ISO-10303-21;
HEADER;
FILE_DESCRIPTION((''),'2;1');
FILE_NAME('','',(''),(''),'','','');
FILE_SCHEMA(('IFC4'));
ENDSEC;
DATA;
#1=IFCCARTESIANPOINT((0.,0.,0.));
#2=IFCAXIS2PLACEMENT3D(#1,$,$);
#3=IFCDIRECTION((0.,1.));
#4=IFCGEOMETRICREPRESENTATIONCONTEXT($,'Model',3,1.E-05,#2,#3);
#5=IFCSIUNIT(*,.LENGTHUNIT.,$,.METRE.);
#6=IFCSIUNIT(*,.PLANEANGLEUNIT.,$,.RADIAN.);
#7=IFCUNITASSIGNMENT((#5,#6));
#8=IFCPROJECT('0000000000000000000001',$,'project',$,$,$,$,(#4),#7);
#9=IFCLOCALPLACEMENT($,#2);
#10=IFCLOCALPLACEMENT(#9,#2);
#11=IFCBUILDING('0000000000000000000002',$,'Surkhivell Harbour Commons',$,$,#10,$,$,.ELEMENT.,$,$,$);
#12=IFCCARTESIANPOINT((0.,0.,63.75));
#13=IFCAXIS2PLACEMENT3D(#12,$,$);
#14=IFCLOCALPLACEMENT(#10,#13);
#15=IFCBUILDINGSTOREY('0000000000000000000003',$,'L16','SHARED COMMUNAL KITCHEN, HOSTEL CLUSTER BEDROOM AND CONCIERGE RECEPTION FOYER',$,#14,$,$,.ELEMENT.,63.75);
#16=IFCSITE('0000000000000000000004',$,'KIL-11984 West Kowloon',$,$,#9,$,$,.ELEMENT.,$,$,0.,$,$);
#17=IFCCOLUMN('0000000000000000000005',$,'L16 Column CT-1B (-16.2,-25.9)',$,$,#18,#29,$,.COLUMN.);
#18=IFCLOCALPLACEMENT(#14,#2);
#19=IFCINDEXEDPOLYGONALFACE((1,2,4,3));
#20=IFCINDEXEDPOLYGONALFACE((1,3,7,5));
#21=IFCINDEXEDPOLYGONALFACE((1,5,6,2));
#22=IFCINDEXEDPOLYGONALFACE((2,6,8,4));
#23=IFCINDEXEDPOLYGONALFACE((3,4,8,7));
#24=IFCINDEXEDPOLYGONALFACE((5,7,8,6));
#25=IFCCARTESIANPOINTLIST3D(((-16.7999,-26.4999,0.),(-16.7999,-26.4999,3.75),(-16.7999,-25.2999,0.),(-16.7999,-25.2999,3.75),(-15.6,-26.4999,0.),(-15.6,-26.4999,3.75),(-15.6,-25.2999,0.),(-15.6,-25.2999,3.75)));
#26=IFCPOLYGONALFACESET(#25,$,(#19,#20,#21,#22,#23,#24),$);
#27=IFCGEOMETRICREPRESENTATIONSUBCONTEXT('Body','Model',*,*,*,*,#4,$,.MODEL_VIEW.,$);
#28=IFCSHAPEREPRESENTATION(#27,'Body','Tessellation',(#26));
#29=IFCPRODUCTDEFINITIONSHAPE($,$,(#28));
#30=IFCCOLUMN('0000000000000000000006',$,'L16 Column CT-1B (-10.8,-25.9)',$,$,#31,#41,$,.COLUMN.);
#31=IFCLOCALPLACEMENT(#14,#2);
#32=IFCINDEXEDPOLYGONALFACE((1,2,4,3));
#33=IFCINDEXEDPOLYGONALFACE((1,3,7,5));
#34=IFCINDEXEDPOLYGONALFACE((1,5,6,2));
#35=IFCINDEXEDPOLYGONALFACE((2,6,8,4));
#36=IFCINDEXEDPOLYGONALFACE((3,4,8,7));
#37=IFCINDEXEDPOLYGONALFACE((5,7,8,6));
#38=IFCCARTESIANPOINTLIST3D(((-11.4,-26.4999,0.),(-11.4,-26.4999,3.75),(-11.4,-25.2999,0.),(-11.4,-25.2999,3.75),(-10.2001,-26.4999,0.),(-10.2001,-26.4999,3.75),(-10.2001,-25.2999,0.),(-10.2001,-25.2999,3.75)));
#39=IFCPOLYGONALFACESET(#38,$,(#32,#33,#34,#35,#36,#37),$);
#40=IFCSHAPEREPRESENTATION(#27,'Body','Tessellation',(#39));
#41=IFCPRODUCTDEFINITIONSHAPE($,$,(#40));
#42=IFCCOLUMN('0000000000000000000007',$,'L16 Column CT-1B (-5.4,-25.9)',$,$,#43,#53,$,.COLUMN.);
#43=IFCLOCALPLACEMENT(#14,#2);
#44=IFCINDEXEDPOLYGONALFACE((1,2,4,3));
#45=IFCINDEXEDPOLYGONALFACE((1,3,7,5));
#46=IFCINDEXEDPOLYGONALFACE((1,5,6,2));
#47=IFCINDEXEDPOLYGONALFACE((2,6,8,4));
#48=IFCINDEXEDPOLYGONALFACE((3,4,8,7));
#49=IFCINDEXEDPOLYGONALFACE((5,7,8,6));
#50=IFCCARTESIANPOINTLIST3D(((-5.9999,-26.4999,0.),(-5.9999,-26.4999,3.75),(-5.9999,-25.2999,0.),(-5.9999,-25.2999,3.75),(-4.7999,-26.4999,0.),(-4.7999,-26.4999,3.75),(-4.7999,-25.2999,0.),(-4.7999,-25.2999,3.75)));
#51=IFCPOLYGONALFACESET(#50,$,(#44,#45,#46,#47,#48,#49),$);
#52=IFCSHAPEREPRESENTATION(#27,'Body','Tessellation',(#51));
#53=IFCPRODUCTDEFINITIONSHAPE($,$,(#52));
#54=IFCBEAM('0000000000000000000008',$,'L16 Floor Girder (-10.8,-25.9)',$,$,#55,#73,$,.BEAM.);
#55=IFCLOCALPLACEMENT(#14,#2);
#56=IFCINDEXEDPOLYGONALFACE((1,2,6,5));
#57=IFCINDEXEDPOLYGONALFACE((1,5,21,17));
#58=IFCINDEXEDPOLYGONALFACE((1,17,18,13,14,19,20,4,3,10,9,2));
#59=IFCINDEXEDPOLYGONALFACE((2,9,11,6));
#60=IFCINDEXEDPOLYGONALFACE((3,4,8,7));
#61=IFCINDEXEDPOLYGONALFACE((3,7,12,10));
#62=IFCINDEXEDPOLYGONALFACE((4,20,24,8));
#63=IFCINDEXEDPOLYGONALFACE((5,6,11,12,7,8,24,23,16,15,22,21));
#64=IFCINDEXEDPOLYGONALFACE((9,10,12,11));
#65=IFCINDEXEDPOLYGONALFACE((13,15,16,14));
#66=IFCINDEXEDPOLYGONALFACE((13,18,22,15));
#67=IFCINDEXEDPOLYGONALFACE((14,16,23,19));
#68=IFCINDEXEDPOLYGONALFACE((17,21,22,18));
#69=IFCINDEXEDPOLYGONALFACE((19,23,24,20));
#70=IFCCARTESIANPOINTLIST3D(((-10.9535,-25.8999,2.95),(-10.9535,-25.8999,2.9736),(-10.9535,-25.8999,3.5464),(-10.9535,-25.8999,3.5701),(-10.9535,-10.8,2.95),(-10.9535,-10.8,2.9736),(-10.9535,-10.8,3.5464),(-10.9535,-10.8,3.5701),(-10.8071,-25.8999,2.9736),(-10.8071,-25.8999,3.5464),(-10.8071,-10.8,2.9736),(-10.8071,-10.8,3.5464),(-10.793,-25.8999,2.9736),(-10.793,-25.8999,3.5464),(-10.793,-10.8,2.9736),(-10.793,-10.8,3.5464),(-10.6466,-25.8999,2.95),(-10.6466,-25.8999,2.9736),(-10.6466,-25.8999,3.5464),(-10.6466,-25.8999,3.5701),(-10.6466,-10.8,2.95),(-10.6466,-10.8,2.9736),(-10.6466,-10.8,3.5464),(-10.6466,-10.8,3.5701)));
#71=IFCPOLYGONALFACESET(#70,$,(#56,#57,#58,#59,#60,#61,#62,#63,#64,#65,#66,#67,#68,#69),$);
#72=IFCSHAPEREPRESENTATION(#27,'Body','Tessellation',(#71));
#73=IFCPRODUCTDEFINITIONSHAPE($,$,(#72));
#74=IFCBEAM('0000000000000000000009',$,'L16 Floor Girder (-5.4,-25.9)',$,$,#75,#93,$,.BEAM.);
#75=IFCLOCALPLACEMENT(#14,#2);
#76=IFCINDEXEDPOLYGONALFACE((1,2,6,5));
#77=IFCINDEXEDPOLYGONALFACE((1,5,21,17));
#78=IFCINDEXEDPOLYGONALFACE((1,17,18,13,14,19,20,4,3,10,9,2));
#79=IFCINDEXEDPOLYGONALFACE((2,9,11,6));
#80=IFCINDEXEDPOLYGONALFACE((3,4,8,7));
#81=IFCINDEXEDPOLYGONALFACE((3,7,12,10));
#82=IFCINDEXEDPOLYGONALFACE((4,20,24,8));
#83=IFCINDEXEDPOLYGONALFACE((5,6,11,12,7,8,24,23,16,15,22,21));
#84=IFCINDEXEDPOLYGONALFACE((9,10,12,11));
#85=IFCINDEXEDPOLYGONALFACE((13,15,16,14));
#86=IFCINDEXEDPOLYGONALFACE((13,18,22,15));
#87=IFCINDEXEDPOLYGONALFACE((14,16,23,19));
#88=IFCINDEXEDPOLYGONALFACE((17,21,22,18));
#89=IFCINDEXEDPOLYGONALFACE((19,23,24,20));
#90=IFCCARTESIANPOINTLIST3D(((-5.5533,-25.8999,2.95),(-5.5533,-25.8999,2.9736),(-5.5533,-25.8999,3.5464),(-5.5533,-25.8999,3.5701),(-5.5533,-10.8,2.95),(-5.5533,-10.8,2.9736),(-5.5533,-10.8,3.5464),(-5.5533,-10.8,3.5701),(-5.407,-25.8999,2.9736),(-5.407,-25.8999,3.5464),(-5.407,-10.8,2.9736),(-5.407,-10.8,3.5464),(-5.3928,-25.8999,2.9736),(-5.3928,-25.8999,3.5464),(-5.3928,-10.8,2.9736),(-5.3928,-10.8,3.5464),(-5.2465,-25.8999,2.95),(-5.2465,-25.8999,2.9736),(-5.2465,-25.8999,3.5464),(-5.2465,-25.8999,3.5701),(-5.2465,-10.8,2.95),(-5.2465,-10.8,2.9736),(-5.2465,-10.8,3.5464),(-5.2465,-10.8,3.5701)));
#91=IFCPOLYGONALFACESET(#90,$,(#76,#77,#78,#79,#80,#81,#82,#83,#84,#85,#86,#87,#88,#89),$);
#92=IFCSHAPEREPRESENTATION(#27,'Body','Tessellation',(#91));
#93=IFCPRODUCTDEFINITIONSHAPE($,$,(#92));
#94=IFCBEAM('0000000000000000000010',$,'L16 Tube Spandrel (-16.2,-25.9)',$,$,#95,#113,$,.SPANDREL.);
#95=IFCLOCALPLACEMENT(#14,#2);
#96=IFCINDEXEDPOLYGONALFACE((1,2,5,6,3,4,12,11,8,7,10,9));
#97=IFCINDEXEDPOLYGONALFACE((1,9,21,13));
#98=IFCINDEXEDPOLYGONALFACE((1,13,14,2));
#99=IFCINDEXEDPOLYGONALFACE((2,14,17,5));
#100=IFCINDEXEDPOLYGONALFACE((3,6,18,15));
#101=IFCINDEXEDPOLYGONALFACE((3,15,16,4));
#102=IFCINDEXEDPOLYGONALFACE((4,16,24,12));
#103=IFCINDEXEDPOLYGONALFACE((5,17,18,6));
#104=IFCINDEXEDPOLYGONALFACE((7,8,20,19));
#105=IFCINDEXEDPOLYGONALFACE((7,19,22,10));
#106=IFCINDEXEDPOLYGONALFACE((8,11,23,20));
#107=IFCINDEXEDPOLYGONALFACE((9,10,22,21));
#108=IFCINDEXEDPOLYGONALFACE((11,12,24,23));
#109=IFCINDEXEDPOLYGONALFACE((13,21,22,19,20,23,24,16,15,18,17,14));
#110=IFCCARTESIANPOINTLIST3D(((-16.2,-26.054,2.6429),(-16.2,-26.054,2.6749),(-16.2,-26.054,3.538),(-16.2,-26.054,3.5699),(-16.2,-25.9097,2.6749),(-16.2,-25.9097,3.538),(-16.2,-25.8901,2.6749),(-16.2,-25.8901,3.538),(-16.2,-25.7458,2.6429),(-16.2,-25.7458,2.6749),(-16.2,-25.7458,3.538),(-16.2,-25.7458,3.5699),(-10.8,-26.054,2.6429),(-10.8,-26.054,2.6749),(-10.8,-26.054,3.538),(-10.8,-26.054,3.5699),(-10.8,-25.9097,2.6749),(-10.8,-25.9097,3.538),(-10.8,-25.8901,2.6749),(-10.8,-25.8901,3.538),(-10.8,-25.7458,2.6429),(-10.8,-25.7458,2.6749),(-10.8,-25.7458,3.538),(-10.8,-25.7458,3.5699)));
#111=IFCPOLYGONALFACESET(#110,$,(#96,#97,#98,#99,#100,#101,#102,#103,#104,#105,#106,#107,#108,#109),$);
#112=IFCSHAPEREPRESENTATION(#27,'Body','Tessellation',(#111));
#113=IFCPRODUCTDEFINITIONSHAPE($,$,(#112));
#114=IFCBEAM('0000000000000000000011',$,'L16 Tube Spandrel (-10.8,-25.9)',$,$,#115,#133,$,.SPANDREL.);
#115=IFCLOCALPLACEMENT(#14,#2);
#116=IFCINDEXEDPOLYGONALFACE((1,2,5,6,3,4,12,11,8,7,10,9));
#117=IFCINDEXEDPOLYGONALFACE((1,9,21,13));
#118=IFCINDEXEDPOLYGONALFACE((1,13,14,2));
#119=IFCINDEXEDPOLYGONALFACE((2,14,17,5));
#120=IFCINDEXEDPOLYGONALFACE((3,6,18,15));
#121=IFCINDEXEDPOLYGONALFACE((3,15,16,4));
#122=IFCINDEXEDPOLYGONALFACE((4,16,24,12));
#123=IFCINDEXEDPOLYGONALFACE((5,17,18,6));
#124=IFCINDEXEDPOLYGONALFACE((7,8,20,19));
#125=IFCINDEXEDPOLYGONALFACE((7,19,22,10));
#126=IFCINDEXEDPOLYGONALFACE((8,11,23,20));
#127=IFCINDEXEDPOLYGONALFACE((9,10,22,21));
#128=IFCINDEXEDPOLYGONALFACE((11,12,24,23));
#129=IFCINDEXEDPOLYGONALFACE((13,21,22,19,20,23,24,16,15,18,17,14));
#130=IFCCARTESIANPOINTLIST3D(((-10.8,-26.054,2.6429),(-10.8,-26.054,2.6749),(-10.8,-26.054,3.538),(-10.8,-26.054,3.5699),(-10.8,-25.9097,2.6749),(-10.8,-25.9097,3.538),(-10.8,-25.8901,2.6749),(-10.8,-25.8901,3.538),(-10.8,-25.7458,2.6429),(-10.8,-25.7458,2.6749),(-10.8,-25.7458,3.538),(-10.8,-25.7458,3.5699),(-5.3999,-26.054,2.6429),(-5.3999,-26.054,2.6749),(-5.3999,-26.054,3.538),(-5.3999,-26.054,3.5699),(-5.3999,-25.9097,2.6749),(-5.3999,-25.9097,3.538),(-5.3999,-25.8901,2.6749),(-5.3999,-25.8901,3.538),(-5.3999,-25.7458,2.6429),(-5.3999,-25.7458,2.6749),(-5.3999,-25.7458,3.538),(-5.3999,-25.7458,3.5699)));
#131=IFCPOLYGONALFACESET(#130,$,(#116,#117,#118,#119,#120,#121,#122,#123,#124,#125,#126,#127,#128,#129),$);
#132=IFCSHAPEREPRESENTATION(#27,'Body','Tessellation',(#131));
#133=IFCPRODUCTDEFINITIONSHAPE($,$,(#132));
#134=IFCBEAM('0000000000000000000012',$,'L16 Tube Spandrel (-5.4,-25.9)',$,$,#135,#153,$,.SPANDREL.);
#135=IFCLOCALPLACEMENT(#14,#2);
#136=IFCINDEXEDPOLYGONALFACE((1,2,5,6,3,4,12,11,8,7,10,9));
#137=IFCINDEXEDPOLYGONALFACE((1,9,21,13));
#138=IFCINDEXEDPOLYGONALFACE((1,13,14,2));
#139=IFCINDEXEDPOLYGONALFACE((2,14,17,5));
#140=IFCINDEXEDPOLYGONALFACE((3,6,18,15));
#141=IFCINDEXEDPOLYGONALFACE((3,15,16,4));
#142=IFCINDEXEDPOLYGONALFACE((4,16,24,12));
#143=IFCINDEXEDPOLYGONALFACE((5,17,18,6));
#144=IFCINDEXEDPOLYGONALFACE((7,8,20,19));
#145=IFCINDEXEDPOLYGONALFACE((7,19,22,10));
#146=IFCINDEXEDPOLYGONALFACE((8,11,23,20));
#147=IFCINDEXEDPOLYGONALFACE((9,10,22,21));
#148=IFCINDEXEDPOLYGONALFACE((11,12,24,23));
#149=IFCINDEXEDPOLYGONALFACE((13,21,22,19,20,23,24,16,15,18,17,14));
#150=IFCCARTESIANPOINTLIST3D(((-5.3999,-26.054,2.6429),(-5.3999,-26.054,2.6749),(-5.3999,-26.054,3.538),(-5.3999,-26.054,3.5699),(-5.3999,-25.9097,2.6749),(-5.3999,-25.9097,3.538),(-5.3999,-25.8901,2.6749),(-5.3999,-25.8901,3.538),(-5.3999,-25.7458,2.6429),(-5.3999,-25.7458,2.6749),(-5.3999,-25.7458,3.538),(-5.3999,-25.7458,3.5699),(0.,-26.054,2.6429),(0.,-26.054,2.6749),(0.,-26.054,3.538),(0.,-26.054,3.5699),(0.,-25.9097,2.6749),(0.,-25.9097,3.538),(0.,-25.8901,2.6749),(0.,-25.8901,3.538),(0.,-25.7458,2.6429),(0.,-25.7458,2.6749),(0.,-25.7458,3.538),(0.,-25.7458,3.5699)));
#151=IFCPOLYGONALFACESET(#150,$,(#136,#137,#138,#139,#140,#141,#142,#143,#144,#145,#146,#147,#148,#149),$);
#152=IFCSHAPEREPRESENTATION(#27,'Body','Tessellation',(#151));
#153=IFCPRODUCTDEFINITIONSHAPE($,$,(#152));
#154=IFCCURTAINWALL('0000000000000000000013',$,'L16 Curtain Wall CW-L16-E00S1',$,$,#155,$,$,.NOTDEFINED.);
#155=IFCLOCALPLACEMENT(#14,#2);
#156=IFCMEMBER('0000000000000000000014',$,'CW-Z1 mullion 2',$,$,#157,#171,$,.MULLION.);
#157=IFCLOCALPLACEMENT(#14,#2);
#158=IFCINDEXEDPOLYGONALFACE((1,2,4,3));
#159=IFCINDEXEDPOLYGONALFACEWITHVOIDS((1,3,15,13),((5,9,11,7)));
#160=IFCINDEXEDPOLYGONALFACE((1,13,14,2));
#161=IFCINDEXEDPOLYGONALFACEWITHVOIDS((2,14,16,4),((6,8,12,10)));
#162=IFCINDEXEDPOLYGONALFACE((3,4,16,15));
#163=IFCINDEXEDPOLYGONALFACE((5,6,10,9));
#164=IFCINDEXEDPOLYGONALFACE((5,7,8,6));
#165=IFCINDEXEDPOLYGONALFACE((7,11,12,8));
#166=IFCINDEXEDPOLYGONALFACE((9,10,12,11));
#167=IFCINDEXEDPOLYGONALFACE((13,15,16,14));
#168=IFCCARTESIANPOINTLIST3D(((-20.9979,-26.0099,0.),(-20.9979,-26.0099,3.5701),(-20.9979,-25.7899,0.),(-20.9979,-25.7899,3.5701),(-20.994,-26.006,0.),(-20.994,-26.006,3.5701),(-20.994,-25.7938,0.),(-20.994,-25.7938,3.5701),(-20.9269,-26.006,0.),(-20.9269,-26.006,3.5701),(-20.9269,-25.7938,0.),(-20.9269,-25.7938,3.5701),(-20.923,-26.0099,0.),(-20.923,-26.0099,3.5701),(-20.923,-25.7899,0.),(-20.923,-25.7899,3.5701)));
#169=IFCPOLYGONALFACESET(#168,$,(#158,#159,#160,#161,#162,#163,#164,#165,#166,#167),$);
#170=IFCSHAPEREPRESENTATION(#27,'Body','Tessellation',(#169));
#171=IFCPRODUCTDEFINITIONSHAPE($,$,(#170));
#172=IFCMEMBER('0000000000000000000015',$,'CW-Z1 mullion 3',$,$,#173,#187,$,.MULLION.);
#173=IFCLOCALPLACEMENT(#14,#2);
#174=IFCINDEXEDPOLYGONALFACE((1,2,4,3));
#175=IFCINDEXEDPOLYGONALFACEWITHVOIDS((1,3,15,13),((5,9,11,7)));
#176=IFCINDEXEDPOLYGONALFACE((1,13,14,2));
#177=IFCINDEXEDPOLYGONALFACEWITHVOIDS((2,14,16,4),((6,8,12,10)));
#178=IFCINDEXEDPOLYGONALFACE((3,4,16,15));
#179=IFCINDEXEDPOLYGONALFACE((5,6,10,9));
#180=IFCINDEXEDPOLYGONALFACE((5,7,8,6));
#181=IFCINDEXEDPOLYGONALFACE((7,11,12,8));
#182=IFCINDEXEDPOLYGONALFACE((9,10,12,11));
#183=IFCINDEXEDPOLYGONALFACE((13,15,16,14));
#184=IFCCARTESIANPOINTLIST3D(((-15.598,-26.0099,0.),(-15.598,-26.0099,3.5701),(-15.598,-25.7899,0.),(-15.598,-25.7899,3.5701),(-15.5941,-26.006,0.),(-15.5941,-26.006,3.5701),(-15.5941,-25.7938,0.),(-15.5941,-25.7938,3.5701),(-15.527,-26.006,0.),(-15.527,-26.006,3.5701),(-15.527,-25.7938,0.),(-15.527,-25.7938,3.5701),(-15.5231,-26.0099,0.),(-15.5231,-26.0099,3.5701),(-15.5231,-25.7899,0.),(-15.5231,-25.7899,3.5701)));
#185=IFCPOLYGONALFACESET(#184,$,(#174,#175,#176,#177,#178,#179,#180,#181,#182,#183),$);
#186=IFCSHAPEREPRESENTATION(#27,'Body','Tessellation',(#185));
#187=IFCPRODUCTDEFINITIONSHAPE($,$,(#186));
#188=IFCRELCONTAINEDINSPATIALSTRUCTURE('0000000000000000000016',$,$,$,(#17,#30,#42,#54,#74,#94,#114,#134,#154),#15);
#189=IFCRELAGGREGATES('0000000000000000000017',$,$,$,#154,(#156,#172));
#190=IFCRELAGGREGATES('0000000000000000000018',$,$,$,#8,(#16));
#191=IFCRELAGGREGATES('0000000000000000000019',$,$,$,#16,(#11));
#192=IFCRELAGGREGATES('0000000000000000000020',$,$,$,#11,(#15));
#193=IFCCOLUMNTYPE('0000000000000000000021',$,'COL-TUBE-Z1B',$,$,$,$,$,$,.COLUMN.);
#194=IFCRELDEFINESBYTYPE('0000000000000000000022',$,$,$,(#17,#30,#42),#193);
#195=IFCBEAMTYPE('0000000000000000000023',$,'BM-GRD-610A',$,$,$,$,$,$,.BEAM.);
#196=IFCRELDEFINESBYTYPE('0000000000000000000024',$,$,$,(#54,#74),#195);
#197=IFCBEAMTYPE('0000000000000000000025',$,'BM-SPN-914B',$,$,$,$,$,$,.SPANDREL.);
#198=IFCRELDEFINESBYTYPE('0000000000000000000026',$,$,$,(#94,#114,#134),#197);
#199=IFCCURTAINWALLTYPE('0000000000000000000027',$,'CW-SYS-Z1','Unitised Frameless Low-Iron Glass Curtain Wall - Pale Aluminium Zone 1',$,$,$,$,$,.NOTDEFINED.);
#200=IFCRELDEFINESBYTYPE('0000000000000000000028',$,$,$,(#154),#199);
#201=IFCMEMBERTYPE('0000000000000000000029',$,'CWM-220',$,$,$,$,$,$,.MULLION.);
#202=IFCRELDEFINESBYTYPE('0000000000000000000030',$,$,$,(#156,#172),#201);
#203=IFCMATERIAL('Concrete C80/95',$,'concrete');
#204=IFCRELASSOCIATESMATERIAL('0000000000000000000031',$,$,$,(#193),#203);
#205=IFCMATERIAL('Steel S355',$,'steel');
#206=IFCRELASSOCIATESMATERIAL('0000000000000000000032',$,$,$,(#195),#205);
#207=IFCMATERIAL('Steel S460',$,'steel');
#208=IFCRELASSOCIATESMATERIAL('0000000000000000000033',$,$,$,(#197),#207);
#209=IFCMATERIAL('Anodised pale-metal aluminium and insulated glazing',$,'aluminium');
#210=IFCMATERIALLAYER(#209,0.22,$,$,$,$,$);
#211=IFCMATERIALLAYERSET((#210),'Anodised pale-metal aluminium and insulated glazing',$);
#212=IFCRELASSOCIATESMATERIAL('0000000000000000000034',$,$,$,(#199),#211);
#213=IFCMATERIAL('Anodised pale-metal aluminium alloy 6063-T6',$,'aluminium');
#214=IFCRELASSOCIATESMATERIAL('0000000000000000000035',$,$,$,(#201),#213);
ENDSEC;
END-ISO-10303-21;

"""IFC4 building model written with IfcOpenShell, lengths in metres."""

from ifc_helpers import new_model, si_unit, direction, frame, origin, origin_2d, place, context, subcontext, project, spatial, rectangle, hollow_rectangle, i_section, extrude, material, layer, layer_set, material_profile, profile_set, type_object, element, aggregate, save


model = new_model("IFC4")

# Units and contexts
model_context = context("Model", 3, precision=1e-05, world=origin(), true_north=direction((0.0, 1.0)))
body_context = subcontext(model_context, "Body", "Model", "MODEL_VIEW")
ifc_project = project(units=[si_unit("LENGTHUNIT", "METRE"), si_unit("PLANEANGLEUNIT", "RADIAN")], contexts=[model_context])

# Site, building, storey
site_placement = place(None, origin())
site = spatial("IfcSite", under=ifc_project, at=site_placement, Name="KIL-11984 West Kowloon", CompositionType="ELEMENT", RefElevation=0.0)
building_placement = place(site_placement, origin())
building = spatial("IfcBuilding", under=site, at=building_placement, Name="Surkhivell Harbour Commons", CompositionType="ELEMENT")
storey_placement = place(building_placement, frame((0.0, 0.0, 63.75)))
storey = spatial("IfcBuildingStorey", under=building, at=storey_placement, Name="L16", Description="SHARED COMMUNAL KITCHEN, HOSTEL CLUSTER BEDROOM AND CONCIERGE RECEPTION FOYER", CompositionType="ELEMENT", Elevation=63.75)

# Columns
ifc_material_1 = material(Name="Concrete C80/95", Category="concrete")
ifc_material_profile_1 = material_profile(ifc_material_1, rectangle(XDim=1.2, YDim=1.2, at=origin_2d()), Name="RC-COL-1200x1200")
ifc_profile_set_1 = profile_set([ifc_material_profile_1], Name="Concrete C80/95")
column_type = type_object("IfcColumnType", Name="COL-TUBE-Z1B", PredefinedType="COLUMN", material=ifc_profile_set_1)
for number, where, z_axis, x_axis, name in (
    (1, (-16.2, -25.8999, 0.0), (0.0, 0.0, 1.0), (1.0, 0.0, 0.0), "L16 Column CT-1B (-16.2,-25.9)"),
    (2, (-10.8, -25.8999, 0.0), (0.0, 0.0, 1.0), (1.0, 0.0, 0.0), "L16 Column CT-1B (-10.8,-25.9)"),
    (3, (-5.3999, -25.8999, 0.0), (0.0, 0.0, 1.0), (1.0, 0.0, 0.0), "L16 Column CT-1B (-5.4,-25.9)"),
):
    element("IfcColumn", number, at=place(storey_placement, frame(where, z_axis=z_axis, x_axis=x_axis)), inside=storey, type_object=column_type, Name=name, PredefinedType="COLUMN", context=body_context, shape_type="SweptSolid", body=[
        extrude(rectangle(XDim=1.2, YDim=1.2, at=origin_2d()), origin(), (0.0, 0.0, 1.0), 3.75),
    ])

# Beams
ifc_material_2 = material(Name="Steel S355", Category="steel")
ifc_material_profile_2 = material_profile(ifc_material_2, i_section(OverallWidth=0.3069, OverallDepth=0.6201, WebThickness=0.0142, FlangeThickness=0.0237, at=origin_2d()), Name="UB610x305x179")
ifc_profile_set_2 = profile_set([ifc_material_profile_2], Name="Steel S355")
beam_type_1 = type_object("IfcBeamType", Name="BM-GRD-610A", PredefinedType="BEAM", material=ifc_profile_set_2)
for number, where, z_axis, x_axis, name in (
    (4, (-10.8, -25.8999, 3.26), (0.0, 1.0, 0.0), (-1.0, 0.0, 0.0), "L16 Floor Girder (-10.8,-25.9)"),
    (5, (-5.3999, -25.8999, 3.26), (0.0, 1.0, 0.0), (-1.0, 0.0, 0.0), "L16 Floor Girder (-5.4,-25.9)"),
):
    element("IfcBeam", number, at=place(storey_placement, frame(where, z_axis=z_axis, x_axis=x_axis)), inside=storey, type_object=beam_type_1, Name=name, PredefinedType="BEAM", context=body_context, shape_type="SweptSolid", body=[
        extrude(i_section(OverallWidth=0.3069, OverallDepth=0.6201, WebThickness=0.0142, FlangeThickness=0.0237, at=origin_2d()), origin(), (0.0, 0.0, 1.0), 15.0999),
    ])
ifc_material_3 = material(Name="Steel S460", Category="steel")
ifc_material_profile_3 = material_profile(ifc_material_3, i_section(OverallWidth=0.3081, OverallDepth=0.927, WebThickness=0.0195, FlangeThickness=0.032, at=origin_2d()), Name="UB914x305x289")
ifc_profile_set_3 = profile_set([ifc_material_profile_3], Name="Steel S460")
beam_type_2 = type_object("IfcBeamType", Name="BM-SPN-914B", PredefinedType="SPANDREL", material=ifc_profile_set_3)
beam_1_placement = place(storey_placement, frame((-16.2, -25.8999, 3.1064), z_axis=(1.0, 0.0, 0.0), x_axis=(0.0, 1.0, 0.0)))
element("IfcBeam", 6, at=beam_1_placement, inside=storey, type_object=beam_type_2, Name="L16 Tube Spandrel (-16.2,-25.9)", PredefinedType="SPANDREL", context=body_context, shape_type="SweptSolid", body=[
    extrude(i_section(OverallWidth=0.3081, OverallDepth=0.927, WebThickness=0.0195, FlangeThickness=0.032, at=origin_2d()), origin(), (0.0, 0.0, 1.0), 5.3999),
])
beam_2_placement = place(storey_placement, frame((-10.8, -25.8999, 3.1064), z_axis=(1.0, 0.0, 0.0), x_axis=(0.0, 1.0, 0.0)))
element("IfcBeam", 7, at=beam_2_placement, inside=storey, type_object=beam_type_2, Name="L16 Tube Spandrel (-10.8,-25.9)", PredefinedType="SPANDREL", context=body_context, shape_type="SweptSolid", body=[
    extrude(i_section(OverallWidth=0.3081, OverallDepth=0.927, WebThickness=0.0195, FlangeThickness=0.032, at=origin_2d()), origin(), (0.0, 0.0, 1.0), 5.4001),
])
beam_3_placement = place(storey_placement, frame((-5.3999, -25.8999, 3.1064), z_axis=(1.0, 0.0, 0.0), x_axis=(0.0, 1.0, 0.0)))
element("IfcBeam", 8, at=beam_3_placement, inside=storey, type_object=beam_type_2, Name="L16 Tube Spandrel (-5.4,-25.9)", PredefinedType="SPANDREL", context=body_context, shape_type="SweptSolid", body=[
    extrude(i_section(OverallWidth=0.3081, OverallDepth=0.927, WebThickness=0.0195, FlangeThickness=0.032, at=origin_2d()), origin(), (0.0, 0.0, 1.0), 5.3999),
])

# Curtain wall, members
ifc_material_4 = material(Name="Anodised pale-metal aluminium and insulated glazing", Category="aluminium")
ifc_layer_1 = layer(ifc_material_4, 0.22)
ifc_layer_set_1 = layer_set([ifc_layer_1], Name="Anodised pale-metal aluminium and insulated glazing")
curtain_wall_type = type_object("IfcCurtainWallType", Name="CW-SYS-Z1", Description="Unitised Frameless Low-Iron Glass Curtain Wall - Pale Aluminium Zone 1", PredefinedType="NOTDEFINED", material=ifc_layer_set_1)
curtain_wall_placement = place(storey_placement, origin())
curtain_wall = element("IfcCurtainWall", 9, at=curtain_wall_placement, inside=storey, type_object=curtain_wall_type, Name="L16 Curtain Wall CW-L16-E00S1", PredefinedType="NOTDEFINED")
ifc_material_5 = material(Name="Anodised pale-metal aluminium alloy 6063-T6", Category="aluminium")
ifc_material_profile_4 = material_profile(ifc_material_5, hollow_rectangle(XDim=0.075, YDim=0.22, WallThickness=0.0039, at=origin_2d()), Name="ALU-MULL-75x220")
ifc_profile_set_4 = profile_set([ifc_material_profile_4], Name="Anodised pale-metal aluminium alloy 6063-T6")
member_type_1 = type_object("IfcMemberType", Name="CWM-220", PredefinedType="MULLION", material=ifc_profile_set_4)
member_1_placement = place(storey_placement, frame((-20.9604, -25.8999, 0.0), z_axis=(0.0, 0.0, 1.0), x_axis=(1.0, 0.0, 0.0)))
member_1 = element("IfcMember", 10, at=member_1_placement, type_object=member_type_1, Name="CW-Z1 mullion 2", PredefinedType="MULLION", context=body_context, shape_type="SweptSolid", body=[
    extrude(hollow_rectangle(XDim=0.075, YDim=0.22, WallThickness=0.0039, at=origin_2d()), origin(), (0.0, 0.0, 1.0), 3.5701),
])
member_2_placement = place(storey_placement, frame((-15.5605, -25.8999, 0.0), z_axis=(0.0, 0.0, 1.0), x_axis=(1.0, 0.0, 0.0)))
member_2 = element("IfcMember", 11, at=member_2_placement, type_object=member_type_1, Name="CW-Z1 mullion 3", PredefinedType="MULLION", context=body_context, shape_type="SweptSolid", body=[
    extrude(hollow_rectangle(XDim=0.075, YDim=0.22, WallThickness=0.0039, at=origin_2d()), origin(), (0.0, 0.0, 1.0), 3.5701),
])

aggregate(curtain_wall, [member_1, member_2])

save(model, "model.ifc")
